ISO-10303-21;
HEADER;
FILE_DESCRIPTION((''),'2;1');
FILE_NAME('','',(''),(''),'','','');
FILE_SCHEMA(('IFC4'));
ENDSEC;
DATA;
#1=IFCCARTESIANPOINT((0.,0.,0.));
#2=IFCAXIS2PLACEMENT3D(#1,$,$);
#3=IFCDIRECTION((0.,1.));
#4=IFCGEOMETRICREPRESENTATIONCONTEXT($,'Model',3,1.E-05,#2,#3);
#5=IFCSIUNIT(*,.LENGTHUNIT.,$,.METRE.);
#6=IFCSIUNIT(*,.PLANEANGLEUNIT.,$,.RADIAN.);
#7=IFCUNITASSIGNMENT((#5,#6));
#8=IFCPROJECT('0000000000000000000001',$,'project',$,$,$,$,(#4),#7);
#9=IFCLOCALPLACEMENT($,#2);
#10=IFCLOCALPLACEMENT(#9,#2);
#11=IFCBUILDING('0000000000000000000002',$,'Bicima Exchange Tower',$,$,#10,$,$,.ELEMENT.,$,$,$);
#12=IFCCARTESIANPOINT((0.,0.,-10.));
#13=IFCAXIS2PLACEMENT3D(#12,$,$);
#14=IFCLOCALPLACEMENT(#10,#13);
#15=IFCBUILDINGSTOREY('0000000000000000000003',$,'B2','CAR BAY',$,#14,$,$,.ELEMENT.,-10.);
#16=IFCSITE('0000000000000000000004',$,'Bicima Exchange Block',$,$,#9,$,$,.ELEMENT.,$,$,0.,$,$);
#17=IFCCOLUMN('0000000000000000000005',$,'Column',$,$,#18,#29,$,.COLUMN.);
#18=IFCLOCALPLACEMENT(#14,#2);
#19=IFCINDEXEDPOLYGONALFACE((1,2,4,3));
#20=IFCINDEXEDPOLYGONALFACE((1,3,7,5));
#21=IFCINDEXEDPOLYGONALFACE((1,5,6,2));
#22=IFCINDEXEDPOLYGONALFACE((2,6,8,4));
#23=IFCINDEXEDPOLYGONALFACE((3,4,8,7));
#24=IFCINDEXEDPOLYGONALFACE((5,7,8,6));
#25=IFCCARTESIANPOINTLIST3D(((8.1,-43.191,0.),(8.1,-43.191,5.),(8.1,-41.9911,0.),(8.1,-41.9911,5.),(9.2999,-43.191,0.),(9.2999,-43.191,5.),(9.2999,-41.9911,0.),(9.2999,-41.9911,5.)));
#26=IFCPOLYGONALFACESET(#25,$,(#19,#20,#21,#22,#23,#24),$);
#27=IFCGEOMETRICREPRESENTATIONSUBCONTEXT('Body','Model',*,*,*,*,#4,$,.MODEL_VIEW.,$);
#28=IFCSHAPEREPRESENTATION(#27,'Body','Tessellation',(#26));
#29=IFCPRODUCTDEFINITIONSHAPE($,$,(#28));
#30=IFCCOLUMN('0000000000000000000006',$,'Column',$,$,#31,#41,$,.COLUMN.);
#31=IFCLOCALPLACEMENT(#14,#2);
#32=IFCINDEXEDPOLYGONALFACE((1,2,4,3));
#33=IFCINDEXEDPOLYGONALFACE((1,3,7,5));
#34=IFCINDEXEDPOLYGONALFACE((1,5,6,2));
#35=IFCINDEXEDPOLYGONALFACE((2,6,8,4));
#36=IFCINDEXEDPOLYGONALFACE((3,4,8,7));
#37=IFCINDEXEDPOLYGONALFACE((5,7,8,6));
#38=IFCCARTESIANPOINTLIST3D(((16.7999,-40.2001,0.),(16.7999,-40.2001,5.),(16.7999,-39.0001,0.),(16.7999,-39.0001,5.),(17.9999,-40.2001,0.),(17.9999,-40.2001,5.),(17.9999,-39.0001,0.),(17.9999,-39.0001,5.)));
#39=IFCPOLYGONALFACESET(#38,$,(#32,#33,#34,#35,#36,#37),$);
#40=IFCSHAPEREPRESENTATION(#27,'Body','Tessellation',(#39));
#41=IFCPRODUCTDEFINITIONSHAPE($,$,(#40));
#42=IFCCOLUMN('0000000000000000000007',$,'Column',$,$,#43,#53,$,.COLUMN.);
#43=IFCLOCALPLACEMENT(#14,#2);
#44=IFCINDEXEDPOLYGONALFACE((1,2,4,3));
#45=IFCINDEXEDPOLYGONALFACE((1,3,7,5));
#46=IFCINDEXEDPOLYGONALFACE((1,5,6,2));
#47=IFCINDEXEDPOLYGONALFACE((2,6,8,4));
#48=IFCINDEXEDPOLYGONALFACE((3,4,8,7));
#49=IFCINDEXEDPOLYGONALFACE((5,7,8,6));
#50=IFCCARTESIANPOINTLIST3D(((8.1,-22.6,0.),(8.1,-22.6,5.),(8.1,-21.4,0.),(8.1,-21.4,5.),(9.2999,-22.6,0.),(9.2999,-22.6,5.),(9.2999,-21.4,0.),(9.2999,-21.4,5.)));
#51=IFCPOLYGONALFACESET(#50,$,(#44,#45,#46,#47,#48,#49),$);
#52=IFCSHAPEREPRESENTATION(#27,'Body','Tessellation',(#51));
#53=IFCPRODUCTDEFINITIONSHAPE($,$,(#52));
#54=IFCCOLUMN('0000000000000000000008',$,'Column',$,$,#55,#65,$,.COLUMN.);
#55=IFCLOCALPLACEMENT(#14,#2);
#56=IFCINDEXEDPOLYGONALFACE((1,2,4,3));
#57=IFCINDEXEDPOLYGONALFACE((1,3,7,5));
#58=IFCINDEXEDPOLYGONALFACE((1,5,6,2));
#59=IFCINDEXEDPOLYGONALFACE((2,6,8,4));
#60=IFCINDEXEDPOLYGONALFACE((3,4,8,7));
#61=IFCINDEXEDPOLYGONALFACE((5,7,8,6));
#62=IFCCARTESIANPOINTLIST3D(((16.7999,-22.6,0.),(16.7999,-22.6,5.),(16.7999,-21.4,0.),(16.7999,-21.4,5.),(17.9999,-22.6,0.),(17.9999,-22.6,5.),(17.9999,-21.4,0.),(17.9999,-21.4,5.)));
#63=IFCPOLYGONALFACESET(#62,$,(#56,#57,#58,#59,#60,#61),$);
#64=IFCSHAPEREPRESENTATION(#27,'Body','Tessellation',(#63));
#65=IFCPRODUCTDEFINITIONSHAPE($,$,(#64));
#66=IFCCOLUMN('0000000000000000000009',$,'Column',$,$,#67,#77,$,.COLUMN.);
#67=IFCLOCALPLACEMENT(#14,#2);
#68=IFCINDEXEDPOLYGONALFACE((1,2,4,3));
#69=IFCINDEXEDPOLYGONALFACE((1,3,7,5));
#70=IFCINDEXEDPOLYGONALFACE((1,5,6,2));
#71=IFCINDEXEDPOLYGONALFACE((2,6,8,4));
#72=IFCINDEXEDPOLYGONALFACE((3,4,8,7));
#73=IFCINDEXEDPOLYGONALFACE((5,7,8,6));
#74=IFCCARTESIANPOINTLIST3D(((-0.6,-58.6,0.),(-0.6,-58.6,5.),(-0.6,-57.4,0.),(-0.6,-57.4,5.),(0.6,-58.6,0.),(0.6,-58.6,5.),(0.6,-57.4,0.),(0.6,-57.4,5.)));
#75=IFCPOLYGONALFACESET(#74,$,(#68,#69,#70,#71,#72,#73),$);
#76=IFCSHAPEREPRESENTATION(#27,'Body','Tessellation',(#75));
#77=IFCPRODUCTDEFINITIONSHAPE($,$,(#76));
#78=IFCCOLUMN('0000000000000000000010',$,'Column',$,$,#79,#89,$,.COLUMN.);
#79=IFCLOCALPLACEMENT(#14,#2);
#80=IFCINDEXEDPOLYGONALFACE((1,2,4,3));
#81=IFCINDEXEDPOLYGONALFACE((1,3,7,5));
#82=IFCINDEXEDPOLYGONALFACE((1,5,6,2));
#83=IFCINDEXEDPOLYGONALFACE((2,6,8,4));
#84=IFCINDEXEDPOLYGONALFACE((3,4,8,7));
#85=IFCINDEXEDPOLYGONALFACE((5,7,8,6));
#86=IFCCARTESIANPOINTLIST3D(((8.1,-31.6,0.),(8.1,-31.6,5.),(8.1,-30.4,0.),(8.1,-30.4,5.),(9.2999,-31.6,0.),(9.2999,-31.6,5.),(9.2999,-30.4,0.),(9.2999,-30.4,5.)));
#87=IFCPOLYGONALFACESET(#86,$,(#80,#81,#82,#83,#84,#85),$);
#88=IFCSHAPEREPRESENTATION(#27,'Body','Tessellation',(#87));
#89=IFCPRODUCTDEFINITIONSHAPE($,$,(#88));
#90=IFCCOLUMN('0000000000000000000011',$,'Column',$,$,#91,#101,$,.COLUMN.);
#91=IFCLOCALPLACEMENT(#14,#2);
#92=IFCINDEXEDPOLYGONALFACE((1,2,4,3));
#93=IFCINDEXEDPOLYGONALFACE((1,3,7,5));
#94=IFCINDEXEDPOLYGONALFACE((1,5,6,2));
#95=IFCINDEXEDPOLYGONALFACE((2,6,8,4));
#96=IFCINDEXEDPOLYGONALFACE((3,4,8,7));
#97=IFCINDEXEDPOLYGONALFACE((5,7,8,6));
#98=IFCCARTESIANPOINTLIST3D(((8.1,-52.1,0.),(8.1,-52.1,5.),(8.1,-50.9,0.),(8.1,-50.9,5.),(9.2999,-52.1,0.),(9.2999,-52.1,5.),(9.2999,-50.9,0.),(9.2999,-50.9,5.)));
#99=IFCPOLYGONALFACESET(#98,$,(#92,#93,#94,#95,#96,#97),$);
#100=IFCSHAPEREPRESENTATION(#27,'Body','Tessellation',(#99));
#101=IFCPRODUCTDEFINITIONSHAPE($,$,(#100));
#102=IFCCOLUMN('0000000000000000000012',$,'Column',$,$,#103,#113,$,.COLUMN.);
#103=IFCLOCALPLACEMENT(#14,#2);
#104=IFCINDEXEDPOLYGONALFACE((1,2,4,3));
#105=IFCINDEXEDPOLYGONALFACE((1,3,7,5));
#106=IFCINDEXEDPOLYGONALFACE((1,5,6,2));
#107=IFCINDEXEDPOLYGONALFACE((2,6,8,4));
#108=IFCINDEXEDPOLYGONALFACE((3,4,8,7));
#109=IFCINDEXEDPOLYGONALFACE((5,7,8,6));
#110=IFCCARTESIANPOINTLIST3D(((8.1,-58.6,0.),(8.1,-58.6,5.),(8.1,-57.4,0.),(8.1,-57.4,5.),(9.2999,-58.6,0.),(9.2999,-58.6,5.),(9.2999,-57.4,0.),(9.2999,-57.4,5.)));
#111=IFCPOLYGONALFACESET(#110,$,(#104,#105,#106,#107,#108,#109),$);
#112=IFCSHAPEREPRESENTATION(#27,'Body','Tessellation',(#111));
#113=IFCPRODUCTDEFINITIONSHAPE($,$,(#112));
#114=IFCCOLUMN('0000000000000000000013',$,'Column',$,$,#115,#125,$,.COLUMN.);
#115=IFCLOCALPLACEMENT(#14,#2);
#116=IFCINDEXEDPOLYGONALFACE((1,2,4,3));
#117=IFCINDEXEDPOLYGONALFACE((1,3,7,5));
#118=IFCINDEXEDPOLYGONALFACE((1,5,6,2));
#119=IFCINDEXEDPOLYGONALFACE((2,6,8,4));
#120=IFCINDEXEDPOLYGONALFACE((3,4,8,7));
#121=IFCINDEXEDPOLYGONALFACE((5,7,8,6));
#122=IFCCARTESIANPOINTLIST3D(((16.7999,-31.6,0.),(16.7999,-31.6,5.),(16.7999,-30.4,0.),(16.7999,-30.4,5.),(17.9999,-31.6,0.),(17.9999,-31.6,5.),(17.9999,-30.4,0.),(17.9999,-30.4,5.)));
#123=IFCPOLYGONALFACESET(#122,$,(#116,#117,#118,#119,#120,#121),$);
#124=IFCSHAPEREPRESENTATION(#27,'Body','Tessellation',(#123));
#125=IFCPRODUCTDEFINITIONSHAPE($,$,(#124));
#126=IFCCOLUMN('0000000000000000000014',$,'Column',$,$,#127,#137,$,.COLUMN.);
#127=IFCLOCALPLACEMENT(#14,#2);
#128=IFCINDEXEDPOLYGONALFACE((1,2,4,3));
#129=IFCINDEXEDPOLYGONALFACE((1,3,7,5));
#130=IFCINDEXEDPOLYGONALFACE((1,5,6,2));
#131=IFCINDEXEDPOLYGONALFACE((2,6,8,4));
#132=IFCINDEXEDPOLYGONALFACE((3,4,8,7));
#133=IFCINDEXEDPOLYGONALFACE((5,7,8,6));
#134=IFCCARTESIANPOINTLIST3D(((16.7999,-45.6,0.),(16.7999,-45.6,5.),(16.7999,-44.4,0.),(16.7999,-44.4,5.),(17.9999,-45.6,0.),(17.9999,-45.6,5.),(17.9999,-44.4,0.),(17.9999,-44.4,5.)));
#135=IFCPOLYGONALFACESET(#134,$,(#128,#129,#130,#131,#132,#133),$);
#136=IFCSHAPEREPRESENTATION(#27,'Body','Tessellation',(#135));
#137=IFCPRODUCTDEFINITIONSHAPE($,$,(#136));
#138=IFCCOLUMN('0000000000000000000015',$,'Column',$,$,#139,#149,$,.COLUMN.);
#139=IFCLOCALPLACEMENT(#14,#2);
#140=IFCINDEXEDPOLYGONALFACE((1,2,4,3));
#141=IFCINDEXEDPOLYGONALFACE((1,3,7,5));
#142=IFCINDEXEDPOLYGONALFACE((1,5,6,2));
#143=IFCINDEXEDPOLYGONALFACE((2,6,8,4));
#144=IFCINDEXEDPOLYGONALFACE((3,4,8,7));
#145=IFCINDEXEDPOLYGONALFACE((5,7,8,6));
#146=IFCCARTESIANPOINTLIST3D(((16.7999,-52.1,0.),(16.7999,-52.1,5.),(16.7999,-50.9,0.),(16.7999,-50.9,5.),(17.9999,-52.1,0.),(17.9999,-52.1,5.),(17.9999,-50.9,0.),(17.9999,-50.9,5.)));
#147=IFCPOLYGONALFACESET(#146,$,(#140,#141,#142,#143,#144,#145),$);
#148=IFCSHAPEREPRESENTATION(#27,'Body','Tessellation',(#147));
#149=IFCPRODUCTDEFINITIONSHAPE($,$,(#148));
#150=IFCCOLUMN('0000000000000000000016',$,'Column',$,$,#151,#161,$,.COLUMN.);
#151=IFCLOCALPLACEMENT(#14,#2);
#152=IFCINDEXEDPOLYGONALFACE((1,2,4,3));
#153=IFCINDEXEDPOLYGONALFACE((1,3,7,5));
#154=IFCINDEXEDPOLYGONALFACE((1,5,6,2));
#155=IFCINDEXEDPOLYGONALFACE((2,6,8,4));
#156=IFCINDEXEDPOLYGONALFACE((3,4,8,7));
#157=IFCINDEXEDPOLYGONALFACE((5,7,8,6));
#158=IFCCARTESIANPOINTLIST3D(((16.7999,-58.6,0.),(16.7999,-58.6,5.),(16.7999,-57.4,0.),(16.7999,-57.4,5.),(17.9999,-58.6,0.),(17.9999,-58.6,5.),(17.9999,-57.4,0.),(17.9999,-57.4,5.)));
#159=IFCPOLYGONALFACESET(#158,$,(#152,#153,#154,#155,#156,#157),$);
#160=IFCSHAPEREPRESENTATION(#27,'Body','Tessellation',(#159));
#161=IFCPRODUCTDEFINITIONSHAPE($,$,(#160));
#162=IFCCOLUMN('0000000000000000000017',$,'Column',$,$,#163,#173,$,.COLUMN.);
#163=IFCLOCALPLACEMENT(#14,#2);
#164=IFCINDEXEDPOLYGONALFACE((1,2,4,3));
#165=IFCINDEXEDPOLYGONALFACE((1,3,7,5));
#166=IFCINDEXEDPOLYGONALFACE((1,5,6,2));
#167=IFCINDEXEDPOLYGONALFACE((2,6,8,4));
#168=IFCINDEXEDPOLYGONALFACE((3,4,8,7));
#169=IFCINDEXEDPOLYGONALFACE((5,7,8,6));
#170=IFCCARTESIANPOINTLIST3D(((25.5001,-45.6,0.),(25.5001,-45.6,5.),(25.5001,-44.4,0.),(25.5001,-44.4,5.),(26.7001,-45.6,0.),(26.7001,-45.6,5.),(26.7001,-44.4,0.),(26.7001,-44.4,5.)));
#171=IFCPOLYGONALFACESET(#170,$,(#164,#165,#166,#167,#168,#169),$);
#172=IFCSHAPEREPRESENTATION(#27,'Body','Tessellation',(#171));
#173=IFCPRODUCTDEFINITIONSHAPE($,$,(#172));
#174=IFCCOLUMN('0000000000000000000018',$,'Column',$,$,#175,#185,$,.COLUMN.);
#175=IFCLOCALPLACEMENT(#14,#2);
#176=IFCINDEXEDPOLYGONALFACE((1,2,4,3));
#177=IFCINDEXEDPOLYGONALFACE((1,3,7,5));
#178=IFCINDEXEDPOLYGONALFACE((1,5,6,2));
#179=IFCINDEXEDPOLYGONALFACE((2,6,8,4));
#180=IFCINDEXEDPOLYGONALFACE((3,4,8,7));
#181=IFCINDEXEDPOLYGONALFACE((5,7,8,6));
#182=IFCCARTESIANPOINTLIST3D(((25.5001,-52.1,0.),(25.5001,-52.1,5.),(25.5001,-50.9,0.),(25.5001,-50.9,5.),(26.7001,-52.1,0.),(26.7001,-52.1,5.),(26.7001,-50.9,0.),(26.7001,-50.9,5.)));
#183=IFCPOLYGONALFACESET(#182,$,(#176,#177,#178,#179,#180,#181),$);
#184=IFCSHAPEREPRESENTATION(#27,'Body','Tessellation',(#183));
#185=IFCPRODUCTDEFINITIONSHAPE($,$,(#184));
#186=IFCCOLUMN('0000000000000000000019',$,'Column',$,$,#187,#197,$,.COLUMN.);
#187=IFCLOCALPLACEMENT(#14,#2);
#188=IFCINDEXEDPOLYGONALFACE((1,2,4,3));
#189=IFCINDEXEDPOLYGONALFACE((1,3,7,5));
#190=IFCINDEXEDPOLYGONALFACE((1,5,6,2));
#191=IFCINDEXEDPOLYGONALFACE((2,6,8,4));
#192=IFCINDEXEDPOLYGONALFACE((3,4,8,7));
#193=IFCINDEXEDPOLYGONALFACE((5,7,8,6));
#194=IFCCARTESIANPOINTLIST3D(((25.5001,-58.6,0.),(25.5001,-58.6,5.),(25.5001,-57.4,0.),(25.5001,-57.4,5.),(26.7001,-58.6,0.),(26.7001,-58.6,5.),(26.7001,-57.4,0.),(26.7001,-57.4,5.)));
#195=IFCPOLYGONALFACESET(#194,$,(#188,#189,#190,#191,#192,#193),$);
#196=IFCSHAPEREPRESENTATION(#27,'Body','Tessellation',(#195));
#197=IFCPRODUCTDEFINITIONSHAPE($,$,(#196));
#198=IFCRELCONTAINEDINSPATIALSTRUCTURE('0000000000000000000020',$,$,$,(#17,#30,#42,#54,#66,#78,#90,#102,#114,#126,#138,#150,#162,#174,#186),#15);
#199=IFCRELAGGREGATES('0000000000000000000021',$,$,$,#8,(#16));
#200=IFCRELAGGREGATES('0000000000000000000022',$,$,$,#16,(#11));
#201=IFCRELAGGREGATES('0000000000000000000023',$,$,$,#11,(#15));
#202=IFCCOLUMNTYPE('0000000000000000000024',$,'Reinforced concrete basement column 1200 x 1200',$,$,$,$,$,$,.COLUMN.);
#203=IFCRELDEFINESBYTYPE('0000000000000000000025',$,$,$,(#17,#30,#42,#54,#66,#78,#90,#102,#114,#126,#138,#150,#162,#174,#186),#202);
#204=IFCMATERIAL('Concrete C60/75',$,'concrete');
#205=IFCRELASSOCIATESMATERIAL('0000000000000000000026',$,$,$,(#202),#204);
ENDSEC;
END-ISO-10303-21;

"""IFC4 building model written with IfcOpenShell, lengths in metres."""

from ifc_helpers import new_model, si_unit, direction, frame, origin, origin_2d, place, context, subcontext, project, spatial, rectangle, extrude, material, material_profile, profile_set, type_object, element, save


model = new_model("IFC4")

# Units and contexts
model_context = context("Model", 3, precision=1e-05, world=origin(), true_north=direction((0.0, 1.0)))
body_context = subcontext(model_context, "Body", "Model", "MODEL_VIEW")
ifc_project = project(units=[si_unit("LENGTHUNIT", "METRE"), si_unit("PLANEANGLEUNIT", "RADIAN")], contexts=[model_context])

# Site, building, storey
site_placement = place(None, origin())
site = spatial("IfcSite", under=ifc_project, at=site_placement, Name="Bicima Exchange Block", CompositionType="ELEMENT", RefElevation=0.0)
building_placement = place(site_placement, origin())
building = spatial("IfcBuilding", under=site, at=building_placement, Name="Bicima Exchange Tower", CompositionType="ELEMENT")
storey_placement = place(building_placement, frame((0.0, 0.0, -10.0)))
storey = spatial("IfcBuildingStorey", under=building, at=storey_placement, Name="B2", Description="CAR BAY", CompositionType="ELEMENT", Elevation=-10.0)

# Columns
ifc_material_1 = material(Name="Concrete C60/75", Category="concrete")
ifc_material_profile = material_profile(ifc_material_1, rectangle(XDim=1.2, YDim=1.2, at=origin_2d()))
ifc_profile_set = profile_set([ifc_material_profile], Name="Concrete C60/75")
column_type = type_object("IfcColumnType", Name="Reinforced concrete basement column 1200 x 1200", PredefinedType="COLUMN", material=ifc_profile_set)
for number, where, z_axis, x_axis, name in (
    (1, (8.7, -42.5911, 0.0), (0.0, 0.0, 1.0), (1.0, 0.0, 0.0), "Column"),
    (2, (17.3999, -39.6001, 0.0), (0.0, 0.0, 1.0), (1.0, 0.0, 0.0), "Column"),
    (3, (8.7, -22.0, 0.0), (0.0, 0.0, 1.0), (1.0, 0.0, 0.0), "Column"),
    (4, (17.3999, -22.0, 0.0), (0.0, 0.0, 1.0), (1.0, 0.0, 0.0), "Column"),
    (5, (0.0, -58.0, 0.0), (0.0, 0.0, 1.0), (1.0, 0.0, 0.0), "Column"),
    (6, (8.7, -31.0, 0.0), (0.0, 0.0, 1.0), (1.0, 0.0, 0.0), "Column"),
    (7, (8.7, -51.5, 0.0), (0.0, 0.0, 1.0), (1.0, 0.0, 0.0), "Column"),
    (8, (8.7, -58.0, 0.0), (0.0, 0.0, 1.0), (1.0, 0.0, 0.0), "Column"),
    (9, (17.3999, -31.0, 0.0), (0.0, 0.0, 1.0), (1.0, 0.0, 0.0), "Column"),
    (10, (17.3999, -45.0, 0.0), (0.0, 0.0, 1.0), (1.0, 0.0, 0.0), "Column"),
    (11, (17.3999, -51.5, 0.0), (0.0, 0.0, 1.0), (1.0, 0.0, 0.0), "Column"),
    (12, (17.3999, -58.0, 0.0), (0.0, 0.0, 1.0), (1.0, 0.0, 0.0), "Column"),
    (13, (26.1001, -45.0, 0.0), (0.0, 0.0, 1.0), (1.0, 0.0, 0.0), "Column"),
    (14, (26.1001, -51.5, 0.0), (0.0, 0.0, 1.0), (1.0, 0.0, 0.0), "Column"),
    (15, (26.1001, -58.0, 0.0), (0.0, 0.0, 1.0), (1.0, 0.0, 0.0), "Column"),
):
    element("IfcColumn", number, at=place(storey_placement, frame(where, z_axis=z_axis, x_axis=x_axis)), inside=storey, type_object=column_type, Name=name, PredefinedType="COLUMN", context=body_context, shape_type="SweptSolid", body=[
        extrude(rectangle(XDim=1.2, YDim=1.2, at=origin_2d()), origin(), (0.0, 0.0, 1.0), 5.0),
    ])

save(model, "model.ifc")
